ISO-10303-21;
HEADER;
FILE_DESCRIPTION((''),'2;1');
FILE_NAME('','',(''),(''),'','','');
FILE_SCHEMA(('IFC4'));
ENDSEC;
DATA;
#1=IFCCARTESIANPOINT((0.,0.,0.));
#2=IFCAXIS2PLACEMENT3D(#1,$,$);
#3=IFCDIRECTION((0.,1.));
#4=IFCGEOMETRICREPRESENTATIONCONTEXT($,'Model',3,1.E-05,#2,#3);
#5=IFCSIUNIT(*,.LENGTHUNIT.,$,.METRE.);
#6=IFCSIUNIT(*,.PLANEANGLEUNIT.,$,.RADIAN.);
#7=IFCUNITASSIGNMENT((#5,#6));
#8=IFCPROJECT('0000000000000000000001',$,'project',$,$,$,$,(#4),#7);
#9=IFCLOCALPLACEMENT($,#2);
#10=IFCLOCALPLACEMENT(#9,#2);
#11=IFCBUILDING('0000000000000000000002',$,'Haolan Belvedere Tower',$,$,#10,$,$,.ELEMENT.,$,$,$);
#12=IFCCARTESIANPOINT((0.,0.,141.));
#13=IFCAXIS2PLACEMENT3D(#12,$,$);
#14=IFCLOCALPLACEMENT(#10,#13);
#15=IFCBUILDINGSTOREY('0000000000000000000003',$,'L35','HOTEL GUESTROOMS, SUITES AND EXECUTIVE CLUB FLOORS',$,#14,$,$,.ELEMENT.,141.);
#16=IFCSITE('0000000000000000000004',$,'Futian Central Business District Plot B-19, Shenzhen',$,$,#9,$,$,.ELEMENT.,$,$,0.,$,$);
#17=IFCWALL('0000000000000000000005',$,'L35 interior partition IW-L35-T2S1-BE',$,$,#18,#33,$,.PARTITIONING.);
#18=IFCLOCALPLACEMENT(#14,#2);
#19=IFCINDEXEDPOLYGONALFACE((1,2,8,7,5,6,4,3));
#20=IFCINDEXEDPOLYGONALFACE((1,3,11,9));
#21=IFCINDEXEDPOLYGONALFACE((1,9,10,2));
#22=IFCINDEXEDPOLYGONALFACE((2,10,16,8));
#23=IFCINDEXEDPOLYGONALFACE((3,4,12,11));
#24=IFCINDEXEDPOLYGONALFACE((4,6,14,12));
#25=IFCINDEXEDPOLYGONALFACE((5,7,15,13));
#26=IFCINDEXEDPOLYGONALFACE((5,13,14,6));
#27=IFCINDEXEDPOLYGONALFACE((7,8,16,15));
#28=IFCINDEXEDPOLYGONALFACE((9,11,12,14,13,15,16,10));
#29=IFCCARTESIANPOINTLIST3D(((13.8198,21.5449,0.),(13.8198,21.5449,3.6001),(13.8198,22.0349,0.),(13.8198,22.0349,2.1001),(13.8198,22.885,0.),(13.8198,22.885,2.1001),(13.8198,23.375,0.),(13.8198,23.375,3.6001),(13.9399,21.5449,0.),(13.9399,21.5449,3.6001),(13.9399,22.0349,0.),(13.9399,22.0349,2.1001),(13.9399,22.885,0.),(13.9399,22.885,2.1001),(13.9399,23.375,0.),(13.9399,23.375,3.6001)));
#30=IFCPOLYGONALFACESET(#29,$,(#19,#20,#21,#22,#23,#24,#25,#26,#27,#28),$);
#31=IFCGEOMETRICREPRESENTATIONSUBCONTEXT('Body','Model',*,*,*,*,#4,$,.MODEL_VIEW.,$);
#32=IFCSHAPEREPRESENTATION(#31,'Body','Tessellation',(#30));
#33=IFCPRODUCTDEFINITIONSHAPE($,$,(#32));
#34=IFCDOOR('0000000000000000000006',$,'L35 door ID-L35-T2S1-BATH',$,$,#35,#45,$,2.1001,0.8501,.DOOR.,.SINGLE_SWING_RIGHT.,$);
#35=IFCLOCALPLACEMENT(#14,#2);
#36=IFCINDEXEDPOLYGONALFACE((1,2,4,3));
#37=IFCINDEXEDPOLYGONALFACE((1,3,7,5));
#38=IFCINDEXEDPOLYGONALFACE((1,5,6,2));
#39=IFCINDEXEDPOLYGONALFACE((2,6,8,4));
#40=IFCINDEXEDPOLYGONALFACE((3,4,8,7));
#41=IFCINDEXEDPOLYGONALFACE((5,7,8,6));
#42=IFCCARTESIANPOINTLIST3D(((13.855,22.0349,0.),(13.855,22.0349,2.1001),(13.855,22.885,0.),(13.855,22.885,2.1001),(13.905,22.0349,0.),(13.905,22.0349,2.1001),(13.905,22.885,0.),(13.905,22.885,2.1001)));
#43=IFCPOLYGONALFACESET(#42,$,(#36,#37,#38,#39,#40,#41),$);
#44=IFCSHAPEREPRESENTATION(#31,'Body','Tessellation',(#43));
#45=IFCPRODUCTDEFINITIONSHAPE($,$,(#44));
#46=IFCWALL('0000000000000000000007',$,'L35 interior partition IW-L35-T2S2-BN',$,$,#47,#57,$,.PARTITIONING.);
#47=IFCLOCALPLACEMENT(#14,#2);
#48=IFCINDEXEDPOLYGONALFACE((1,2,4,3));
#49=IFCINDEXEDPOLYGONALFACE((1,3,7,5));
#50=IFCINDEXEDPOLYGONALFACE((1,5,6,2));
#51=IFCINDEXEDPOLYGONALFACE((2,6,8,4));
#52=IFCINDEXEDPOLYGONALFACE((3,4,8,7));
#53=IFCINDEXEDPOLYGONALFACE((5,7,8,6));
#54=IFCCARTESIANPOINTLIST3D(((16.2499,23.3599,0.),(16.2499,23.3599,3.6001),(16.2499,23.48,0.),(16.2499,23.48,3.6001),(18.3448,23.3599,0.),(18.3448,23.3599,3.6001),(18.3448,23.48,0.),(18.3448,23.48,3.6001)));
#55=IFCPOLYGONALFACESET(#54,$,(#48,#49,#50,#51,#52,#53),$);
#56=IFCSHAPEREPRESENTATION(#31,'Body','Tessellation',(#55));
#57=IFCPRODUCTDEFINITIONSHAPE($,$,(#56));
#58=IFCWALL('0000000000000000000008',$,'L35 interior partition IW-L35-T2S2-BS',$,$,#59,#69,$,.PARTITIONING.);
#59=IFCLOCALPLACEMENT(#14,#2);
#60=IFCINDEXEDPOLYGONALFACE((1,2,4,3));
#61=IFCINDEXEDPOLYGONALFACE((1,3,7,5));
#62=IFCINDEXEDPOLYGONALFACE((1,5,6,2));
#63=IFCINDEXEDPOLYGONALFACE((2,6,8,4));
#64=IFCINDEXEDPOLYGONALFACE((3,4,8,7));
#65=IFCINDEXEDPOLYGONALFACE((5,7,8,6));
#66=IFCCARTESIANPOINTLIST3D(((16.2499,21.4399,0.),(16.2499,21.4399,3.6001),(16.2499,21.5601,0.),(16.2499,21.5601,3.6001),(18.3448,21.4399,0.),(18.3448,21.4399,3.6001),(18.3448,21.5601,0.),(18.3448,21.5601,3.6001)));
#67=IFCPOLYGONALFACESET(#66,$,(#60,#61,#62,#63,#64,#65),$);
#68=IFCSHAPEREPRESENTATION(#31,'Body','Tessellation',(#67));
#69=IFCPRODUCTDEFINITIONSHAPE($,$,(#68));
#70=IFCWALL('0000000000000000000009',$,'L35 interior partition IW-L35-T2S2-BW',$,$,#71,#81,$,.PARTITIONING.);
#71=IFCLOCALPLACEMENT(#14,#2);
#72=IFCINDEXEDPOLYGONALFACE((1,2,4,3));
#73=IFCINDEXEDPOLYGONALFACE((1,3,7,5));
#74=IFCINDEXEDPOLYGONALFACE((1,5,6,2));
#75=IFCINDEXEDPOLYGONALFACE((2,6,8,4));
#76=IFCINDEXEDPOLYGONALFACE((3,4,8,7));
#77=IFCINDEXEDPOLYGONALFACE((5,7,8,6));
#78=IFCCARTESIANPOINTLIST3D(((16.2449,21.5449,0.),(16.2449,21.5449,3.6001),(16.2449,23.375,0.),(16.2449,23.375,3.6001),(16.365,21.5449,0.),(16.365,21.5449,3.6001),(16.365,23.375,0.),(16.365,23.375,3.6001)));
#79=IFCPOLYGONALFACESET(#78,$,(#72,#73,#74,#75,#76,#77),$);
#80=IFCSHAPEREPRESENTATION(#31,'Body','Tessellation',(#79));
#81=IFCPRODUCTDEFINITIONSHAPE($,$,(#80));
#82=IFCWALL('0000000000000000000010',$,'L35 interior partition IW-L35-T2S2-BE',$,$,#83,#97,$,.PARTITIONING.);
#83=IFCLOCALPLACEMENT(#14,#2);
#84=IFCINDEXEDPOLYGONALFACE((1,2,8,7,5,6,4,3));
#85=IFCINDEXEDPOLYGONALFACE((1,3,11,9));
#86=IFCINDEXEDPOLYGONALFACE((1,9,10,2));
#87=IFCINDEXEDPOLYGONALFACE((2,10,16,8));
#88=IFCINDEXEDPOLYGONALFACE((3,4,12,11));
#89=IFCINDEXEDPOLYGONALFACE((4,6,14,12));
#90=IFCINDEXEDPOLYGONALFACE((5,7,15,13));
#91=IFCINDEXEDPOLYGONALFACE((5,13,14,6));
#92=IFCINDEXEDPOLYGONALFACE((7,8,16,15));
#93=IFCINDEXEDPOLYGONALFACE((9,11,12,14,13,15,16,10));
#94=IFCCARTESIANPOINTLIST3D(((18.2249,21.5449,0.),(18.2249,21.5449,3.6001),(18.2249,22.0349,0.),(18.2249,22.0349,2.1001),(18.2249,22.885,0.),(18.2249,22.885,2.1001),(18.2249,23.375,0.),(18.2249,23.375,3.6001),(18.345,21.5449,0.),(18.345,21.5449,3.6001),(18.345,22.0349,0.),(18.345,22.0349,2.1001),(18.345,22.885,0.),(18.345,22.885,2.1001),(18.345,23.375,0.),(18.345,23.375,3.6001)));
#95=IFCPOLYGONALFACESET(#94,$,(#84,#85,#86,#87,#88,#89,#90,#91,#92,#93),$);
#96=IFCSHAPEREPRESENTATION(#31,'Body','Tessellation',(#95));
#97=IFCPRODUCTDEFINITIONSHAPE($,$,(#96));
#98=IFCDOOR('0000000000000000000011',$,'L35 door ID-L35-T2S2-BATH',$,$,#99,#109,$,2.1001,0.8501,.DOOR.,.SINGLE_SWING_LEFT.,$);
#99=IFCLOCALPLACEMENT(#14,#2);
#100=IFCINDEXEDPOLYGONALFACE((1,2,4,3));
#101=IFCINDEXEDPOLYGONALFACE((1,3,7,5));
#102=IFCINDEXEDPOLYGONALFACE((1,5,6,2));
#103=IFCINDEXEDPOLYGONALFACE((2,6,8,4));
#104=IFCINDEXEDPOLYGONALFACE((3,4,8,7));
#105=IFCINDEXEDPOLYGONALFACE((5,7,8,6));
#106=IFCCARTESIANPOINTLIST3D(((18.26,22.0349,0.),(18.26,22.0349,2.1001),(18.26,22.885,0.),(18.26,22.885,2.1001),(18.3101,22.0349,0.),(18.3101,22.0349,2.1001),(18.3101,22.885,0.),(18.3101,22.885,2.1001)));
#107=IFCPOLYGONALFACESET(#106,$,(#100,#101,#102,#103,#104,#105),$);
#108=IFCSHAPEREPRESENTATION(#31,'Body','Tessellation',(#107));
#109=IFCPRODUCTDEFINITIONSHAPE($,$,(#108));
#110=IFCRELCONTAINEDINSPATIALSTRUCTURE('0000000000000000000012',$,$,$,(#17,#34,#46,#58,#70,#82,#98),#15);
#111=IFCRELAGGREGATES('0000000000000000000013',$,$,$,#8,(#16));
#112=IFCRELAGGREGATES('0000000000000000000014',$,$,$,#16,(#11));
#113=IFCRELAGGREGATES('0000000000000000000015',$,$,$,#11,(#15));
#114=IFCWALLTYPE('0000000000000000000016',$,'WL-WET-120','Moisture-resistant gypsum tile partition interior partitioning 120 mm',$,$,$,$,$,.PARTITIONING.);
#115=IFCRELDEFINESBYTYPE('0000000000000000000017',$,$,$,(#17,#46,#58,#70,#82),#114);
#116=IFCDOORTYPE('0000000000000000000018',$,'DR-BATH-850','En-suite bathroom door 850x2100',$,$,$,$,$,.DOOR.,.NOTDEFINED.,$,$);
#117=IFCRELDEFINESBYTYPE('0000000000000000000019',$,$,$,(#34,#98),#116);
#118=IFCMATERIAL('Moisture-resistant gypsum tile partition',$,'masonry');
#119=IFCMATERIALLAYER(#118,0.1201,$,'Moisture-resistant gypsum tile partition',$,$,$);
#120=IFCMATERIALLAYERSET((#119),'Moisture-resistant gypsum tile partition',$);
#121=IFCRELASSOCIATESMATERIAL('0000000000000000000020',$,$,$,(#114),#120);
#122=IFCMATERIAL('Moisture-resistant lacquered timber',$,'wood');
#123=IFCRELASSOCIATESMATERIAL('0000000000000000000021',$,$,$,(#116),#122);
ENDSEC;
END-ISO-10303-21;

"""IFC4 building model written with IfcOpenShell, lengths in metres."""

from ifc_helpers import new_model, si_unit, direction, frame, frame_2d, origin, place, context, subcontext, project, spatial, rectangle, extrude, material, layer, layer_set, type_object, element, fill, save


model = new_model("IFC4")

# Units and contexts
model_context = context("Model", 3, precision=1e-05, world=origin(), true_north=direction((0.0, 1.0)))
body_context = subcontext(model_context, "Body", "Model", "MODEL_VIEW")
ifc_project = project(units=[si_unit("LENGTHUNIT", "METRE"), si_unit("PLANEANGLEUNIT", "RADIAN")], contexts=[model_context])

# Site, building, storey
site_placement = place(None, origin())
site = spatial("IfcSite", under=ifc_project, at=site_placement, Name="Futian Central Business District Plot B-19, Shenzhen", CompositionType="ELEMENT", RefElevation=0.0)
building_placement = place(site_placement, origin())
building = spatial("IfcBuilding", under=site, at=building_placement, Name="Haolan Belvedere Tower", CompositionType="ELEMENT")
storey_placement = place(building_placement, frame((0.0, 0.0, 141.0)))
storey = spatial("IfcBuildingStorey", under=building, at=storey_placement, Name="L35", Description="HOTEL GUESTROOMS, SUITES AND EXECUTIVE CLUB FLOORS", CompositionType="ELEMENT", Elevation=141.0)

# Shared definitions
ifc_material_1 = material(Name="Moisture-resistant gypsum tile partition", Category="masonry")
ifc_layer_1 = layer(ifc_material_1, 0.1201, Name="Moisture-resistant gypsum tile partition")
ifc_layer_set_1 = layer_set([ifc_layer_1], Name="Moisture-resistant gypsum tile partition")
wall_type_1 = type_object("IfcWallType", Name="WL-WET-120", Description="Moisture-resistant gypsum tile partition interior partitioning 120 mm", PredefinedType="PARTITIONING", material=ifc_layer_set_1)

# Wall, opening, door
wall_1_placement = place(storey_placement, frame((13.8799, 21.5449, 0.0), z_axis=(0.0, 0.0, 1.0), x_axis=(0.0, 1.0, 0.0)))
wall_1 = element("IfcWall", 1, at=wall_1_placement, inside=storey, type_object=wall_type_1, Name="L35 interior partition IW-L35-T2S1-BE", PredefinedType="PARTITIONING", context=body_context, shape_type="SweptSolid", body=[
    extrude(rectangle(XDim=1.8301, YDim=0.1201, at=frame_2d((0.915, 0.0))), origin(), (0.0, 0.0, 1.0), 3.6001),
])
opening_1_placement = place(wall_1_placement, frame((0.49, 0.0, 0.0)))
opening_1 = element("IfcOpeningElement", 2, at=opening_1_placement, cuts=wall_1, PredefinedType="OPENING", context=body_context, shape_type="SweptSolid", body=[
    extrude(rectangle(XDim=0.8501, YDim=2.1001, at=frame_2d((0.425, 1.05))), frame((0.0, 0.0701, 0.0), z_axis=(0.0, -1.0, 0.0), x_axis=(1.0, 0.0, 0.0)), (0.0, 0.0, 1.0), 0.1401),
])
ifc_material_2 = material(Name="Moisture-resistant lacquered timber", Category="wood")
door_type_1 = type_object("IfcDoorType", Name="DR-BATH-850", Description="En-suite bathroom door 850x2100", OperationType="NOTDEFINED", PredefinedType="DOOR", material=ifc_material_2)
door_1_placement = place(opening_1_placement, origin())
door_1 = element("IfcDoor", 3, at=door_1_placement, inside=storey, type_object=door_type_1, Name="L35 door ID-L35-T2S1-BATH", OperationType="SINGLE_SWING_RIGHT", OverallHeight=2.1001, OverallWidth=0.8501, PredefinedType="DOOR", context=body_context, shape_type="SweptSolid", body=[
    extrude(rectangle(XDim=0.8501, YDim=2.1001, at=frame_2d((0.425, 1.05))), frame((0.0, 0.0249, 0.0), z_axis=(0.0, -1.0, 0.0), x_axis=(1.0, 0.0, 0.0)), (0.0, 0.0, 1.0), 0.05),
])
fill(opening_1, door_1)

# Walls
for number, where, z_axis, x_axis, name in (
    (4, (16.25, 23.4199, 0.0), (0.0, 0.0, 1.0), (1.0, 0.0, 0.0), "L35 interior partition IW-L35-T2S2-BN"),
    (5, (16.25, 21.5, 0.0), (0.0, 0.0, 1.0), (1.0, 0.0, 0.0), "L35 interior partition IW-L35-T2S2-BS"),
):
    element("IfcWall", number, at=place(storey_placement, frame(where, z_axis=z_axis, x_axis=x_axis)), inside=storey, type_object=wall_type_1, Name=name, PredefinedType="PARTITIONING", context=body_context, shape_type="SweptSolid", body=[
        extrude(rectangle(XDim=2.095, YDim=0.1201, at=frame_2d((1.0474, 0.0))), origin(), (0.0, 0.0, 1.0), 3.6001),
    ])
wall_2_placement = place(storey_placement, frame((16.3049, 21.5449, 0.0), z_axis=(0.0, 0.0, 1.0), x_axis=(0.0, 1.0, 0.0)))
element("IfcWall", 6, at=wall_2_placement, inside=storey, type_object=wall_type_1, Name="L35 interior partition IW-L35-T2S2-BW", PredefinedType="PARTITIONING", context=body_context, shape_type="SweptSolid", body=[
    extrude(rectangle(XDim=1.8301, YDim=0.1201, at=frame_2d((0.915, 0.0))), origin(), (0.0, 0.0, 1.0), 3.6001),
])

# Wall, opening, door
wall_3_placement = place(storey_placement, frame((18.2849, 21.5449, 0.0), z_axis=(0.0, 0.0, 1.0), x_axis=(0.0, 1.0, 0.0)))
wall_3 = element("IfcWall", 7, at=wall_3_placement, inside=storey, type_object=wall_type_1, Name="L35 interior partition IW-L35-T2S2-BE", PredefinedType="PARTITIONING", context=body_context, shape_type="SweptSolid", body=[
    extrude(rectangle(XDim=1.8301, YDim=0.1201, at=frame_2d((0.915, 0.0))), origin(), (0.0, 0.0, 1.0), 3.6001),
])
opening_2_placement = place(wall_3_placement, frame((0.49, 0.0, 0.0)))
opening_2 = element("IfcOpeningElement", 8, at=opening_2_placement, cuts=wall_3, PredefinedType="OPENING", context=body_context, shape_type="SweptSolid", body=[
    extrude(rectangle(XDim=0.8501, YDim=2.1001, at=frame_2d((0.425, 1.05))), frame((0.0, 0.0701, 0.0), z_axis=(0.0, -1.0, 0.0), x_axis=(1.0, 0.0, 0.0)), (0.0, 0.0, 1.0), 0.1401),
])
door_2_placement = place(opening_2_placement, origin())
door_2 = element("IfcDoor", 9, at=door_2_placement, inside=storey, type_object=door_type_1, Name="L35 door ID-L35-T2S2-BATH", OperationType="SINGLE_SWING_LEFT", OverallHeight=2.1001, OverallWidth=0.8501, PredefinedType="DOOR", context=body_context, shape_type="SweptSolid", body=[
    extrude(rectangle(XDim=0.8501, YDim=2.1001, at=frame_2d((0.425, 1.05))), frame((0.0, 0.0249, 0.0), z_axis=(0.0, -1.0, 0.0), x_axis=(1.0, 0.0, 0.0)), (0.0, 0.0, 1.0), 0.05),
])
fill(opening_2, door_2)

save(model, "model.ifc")
